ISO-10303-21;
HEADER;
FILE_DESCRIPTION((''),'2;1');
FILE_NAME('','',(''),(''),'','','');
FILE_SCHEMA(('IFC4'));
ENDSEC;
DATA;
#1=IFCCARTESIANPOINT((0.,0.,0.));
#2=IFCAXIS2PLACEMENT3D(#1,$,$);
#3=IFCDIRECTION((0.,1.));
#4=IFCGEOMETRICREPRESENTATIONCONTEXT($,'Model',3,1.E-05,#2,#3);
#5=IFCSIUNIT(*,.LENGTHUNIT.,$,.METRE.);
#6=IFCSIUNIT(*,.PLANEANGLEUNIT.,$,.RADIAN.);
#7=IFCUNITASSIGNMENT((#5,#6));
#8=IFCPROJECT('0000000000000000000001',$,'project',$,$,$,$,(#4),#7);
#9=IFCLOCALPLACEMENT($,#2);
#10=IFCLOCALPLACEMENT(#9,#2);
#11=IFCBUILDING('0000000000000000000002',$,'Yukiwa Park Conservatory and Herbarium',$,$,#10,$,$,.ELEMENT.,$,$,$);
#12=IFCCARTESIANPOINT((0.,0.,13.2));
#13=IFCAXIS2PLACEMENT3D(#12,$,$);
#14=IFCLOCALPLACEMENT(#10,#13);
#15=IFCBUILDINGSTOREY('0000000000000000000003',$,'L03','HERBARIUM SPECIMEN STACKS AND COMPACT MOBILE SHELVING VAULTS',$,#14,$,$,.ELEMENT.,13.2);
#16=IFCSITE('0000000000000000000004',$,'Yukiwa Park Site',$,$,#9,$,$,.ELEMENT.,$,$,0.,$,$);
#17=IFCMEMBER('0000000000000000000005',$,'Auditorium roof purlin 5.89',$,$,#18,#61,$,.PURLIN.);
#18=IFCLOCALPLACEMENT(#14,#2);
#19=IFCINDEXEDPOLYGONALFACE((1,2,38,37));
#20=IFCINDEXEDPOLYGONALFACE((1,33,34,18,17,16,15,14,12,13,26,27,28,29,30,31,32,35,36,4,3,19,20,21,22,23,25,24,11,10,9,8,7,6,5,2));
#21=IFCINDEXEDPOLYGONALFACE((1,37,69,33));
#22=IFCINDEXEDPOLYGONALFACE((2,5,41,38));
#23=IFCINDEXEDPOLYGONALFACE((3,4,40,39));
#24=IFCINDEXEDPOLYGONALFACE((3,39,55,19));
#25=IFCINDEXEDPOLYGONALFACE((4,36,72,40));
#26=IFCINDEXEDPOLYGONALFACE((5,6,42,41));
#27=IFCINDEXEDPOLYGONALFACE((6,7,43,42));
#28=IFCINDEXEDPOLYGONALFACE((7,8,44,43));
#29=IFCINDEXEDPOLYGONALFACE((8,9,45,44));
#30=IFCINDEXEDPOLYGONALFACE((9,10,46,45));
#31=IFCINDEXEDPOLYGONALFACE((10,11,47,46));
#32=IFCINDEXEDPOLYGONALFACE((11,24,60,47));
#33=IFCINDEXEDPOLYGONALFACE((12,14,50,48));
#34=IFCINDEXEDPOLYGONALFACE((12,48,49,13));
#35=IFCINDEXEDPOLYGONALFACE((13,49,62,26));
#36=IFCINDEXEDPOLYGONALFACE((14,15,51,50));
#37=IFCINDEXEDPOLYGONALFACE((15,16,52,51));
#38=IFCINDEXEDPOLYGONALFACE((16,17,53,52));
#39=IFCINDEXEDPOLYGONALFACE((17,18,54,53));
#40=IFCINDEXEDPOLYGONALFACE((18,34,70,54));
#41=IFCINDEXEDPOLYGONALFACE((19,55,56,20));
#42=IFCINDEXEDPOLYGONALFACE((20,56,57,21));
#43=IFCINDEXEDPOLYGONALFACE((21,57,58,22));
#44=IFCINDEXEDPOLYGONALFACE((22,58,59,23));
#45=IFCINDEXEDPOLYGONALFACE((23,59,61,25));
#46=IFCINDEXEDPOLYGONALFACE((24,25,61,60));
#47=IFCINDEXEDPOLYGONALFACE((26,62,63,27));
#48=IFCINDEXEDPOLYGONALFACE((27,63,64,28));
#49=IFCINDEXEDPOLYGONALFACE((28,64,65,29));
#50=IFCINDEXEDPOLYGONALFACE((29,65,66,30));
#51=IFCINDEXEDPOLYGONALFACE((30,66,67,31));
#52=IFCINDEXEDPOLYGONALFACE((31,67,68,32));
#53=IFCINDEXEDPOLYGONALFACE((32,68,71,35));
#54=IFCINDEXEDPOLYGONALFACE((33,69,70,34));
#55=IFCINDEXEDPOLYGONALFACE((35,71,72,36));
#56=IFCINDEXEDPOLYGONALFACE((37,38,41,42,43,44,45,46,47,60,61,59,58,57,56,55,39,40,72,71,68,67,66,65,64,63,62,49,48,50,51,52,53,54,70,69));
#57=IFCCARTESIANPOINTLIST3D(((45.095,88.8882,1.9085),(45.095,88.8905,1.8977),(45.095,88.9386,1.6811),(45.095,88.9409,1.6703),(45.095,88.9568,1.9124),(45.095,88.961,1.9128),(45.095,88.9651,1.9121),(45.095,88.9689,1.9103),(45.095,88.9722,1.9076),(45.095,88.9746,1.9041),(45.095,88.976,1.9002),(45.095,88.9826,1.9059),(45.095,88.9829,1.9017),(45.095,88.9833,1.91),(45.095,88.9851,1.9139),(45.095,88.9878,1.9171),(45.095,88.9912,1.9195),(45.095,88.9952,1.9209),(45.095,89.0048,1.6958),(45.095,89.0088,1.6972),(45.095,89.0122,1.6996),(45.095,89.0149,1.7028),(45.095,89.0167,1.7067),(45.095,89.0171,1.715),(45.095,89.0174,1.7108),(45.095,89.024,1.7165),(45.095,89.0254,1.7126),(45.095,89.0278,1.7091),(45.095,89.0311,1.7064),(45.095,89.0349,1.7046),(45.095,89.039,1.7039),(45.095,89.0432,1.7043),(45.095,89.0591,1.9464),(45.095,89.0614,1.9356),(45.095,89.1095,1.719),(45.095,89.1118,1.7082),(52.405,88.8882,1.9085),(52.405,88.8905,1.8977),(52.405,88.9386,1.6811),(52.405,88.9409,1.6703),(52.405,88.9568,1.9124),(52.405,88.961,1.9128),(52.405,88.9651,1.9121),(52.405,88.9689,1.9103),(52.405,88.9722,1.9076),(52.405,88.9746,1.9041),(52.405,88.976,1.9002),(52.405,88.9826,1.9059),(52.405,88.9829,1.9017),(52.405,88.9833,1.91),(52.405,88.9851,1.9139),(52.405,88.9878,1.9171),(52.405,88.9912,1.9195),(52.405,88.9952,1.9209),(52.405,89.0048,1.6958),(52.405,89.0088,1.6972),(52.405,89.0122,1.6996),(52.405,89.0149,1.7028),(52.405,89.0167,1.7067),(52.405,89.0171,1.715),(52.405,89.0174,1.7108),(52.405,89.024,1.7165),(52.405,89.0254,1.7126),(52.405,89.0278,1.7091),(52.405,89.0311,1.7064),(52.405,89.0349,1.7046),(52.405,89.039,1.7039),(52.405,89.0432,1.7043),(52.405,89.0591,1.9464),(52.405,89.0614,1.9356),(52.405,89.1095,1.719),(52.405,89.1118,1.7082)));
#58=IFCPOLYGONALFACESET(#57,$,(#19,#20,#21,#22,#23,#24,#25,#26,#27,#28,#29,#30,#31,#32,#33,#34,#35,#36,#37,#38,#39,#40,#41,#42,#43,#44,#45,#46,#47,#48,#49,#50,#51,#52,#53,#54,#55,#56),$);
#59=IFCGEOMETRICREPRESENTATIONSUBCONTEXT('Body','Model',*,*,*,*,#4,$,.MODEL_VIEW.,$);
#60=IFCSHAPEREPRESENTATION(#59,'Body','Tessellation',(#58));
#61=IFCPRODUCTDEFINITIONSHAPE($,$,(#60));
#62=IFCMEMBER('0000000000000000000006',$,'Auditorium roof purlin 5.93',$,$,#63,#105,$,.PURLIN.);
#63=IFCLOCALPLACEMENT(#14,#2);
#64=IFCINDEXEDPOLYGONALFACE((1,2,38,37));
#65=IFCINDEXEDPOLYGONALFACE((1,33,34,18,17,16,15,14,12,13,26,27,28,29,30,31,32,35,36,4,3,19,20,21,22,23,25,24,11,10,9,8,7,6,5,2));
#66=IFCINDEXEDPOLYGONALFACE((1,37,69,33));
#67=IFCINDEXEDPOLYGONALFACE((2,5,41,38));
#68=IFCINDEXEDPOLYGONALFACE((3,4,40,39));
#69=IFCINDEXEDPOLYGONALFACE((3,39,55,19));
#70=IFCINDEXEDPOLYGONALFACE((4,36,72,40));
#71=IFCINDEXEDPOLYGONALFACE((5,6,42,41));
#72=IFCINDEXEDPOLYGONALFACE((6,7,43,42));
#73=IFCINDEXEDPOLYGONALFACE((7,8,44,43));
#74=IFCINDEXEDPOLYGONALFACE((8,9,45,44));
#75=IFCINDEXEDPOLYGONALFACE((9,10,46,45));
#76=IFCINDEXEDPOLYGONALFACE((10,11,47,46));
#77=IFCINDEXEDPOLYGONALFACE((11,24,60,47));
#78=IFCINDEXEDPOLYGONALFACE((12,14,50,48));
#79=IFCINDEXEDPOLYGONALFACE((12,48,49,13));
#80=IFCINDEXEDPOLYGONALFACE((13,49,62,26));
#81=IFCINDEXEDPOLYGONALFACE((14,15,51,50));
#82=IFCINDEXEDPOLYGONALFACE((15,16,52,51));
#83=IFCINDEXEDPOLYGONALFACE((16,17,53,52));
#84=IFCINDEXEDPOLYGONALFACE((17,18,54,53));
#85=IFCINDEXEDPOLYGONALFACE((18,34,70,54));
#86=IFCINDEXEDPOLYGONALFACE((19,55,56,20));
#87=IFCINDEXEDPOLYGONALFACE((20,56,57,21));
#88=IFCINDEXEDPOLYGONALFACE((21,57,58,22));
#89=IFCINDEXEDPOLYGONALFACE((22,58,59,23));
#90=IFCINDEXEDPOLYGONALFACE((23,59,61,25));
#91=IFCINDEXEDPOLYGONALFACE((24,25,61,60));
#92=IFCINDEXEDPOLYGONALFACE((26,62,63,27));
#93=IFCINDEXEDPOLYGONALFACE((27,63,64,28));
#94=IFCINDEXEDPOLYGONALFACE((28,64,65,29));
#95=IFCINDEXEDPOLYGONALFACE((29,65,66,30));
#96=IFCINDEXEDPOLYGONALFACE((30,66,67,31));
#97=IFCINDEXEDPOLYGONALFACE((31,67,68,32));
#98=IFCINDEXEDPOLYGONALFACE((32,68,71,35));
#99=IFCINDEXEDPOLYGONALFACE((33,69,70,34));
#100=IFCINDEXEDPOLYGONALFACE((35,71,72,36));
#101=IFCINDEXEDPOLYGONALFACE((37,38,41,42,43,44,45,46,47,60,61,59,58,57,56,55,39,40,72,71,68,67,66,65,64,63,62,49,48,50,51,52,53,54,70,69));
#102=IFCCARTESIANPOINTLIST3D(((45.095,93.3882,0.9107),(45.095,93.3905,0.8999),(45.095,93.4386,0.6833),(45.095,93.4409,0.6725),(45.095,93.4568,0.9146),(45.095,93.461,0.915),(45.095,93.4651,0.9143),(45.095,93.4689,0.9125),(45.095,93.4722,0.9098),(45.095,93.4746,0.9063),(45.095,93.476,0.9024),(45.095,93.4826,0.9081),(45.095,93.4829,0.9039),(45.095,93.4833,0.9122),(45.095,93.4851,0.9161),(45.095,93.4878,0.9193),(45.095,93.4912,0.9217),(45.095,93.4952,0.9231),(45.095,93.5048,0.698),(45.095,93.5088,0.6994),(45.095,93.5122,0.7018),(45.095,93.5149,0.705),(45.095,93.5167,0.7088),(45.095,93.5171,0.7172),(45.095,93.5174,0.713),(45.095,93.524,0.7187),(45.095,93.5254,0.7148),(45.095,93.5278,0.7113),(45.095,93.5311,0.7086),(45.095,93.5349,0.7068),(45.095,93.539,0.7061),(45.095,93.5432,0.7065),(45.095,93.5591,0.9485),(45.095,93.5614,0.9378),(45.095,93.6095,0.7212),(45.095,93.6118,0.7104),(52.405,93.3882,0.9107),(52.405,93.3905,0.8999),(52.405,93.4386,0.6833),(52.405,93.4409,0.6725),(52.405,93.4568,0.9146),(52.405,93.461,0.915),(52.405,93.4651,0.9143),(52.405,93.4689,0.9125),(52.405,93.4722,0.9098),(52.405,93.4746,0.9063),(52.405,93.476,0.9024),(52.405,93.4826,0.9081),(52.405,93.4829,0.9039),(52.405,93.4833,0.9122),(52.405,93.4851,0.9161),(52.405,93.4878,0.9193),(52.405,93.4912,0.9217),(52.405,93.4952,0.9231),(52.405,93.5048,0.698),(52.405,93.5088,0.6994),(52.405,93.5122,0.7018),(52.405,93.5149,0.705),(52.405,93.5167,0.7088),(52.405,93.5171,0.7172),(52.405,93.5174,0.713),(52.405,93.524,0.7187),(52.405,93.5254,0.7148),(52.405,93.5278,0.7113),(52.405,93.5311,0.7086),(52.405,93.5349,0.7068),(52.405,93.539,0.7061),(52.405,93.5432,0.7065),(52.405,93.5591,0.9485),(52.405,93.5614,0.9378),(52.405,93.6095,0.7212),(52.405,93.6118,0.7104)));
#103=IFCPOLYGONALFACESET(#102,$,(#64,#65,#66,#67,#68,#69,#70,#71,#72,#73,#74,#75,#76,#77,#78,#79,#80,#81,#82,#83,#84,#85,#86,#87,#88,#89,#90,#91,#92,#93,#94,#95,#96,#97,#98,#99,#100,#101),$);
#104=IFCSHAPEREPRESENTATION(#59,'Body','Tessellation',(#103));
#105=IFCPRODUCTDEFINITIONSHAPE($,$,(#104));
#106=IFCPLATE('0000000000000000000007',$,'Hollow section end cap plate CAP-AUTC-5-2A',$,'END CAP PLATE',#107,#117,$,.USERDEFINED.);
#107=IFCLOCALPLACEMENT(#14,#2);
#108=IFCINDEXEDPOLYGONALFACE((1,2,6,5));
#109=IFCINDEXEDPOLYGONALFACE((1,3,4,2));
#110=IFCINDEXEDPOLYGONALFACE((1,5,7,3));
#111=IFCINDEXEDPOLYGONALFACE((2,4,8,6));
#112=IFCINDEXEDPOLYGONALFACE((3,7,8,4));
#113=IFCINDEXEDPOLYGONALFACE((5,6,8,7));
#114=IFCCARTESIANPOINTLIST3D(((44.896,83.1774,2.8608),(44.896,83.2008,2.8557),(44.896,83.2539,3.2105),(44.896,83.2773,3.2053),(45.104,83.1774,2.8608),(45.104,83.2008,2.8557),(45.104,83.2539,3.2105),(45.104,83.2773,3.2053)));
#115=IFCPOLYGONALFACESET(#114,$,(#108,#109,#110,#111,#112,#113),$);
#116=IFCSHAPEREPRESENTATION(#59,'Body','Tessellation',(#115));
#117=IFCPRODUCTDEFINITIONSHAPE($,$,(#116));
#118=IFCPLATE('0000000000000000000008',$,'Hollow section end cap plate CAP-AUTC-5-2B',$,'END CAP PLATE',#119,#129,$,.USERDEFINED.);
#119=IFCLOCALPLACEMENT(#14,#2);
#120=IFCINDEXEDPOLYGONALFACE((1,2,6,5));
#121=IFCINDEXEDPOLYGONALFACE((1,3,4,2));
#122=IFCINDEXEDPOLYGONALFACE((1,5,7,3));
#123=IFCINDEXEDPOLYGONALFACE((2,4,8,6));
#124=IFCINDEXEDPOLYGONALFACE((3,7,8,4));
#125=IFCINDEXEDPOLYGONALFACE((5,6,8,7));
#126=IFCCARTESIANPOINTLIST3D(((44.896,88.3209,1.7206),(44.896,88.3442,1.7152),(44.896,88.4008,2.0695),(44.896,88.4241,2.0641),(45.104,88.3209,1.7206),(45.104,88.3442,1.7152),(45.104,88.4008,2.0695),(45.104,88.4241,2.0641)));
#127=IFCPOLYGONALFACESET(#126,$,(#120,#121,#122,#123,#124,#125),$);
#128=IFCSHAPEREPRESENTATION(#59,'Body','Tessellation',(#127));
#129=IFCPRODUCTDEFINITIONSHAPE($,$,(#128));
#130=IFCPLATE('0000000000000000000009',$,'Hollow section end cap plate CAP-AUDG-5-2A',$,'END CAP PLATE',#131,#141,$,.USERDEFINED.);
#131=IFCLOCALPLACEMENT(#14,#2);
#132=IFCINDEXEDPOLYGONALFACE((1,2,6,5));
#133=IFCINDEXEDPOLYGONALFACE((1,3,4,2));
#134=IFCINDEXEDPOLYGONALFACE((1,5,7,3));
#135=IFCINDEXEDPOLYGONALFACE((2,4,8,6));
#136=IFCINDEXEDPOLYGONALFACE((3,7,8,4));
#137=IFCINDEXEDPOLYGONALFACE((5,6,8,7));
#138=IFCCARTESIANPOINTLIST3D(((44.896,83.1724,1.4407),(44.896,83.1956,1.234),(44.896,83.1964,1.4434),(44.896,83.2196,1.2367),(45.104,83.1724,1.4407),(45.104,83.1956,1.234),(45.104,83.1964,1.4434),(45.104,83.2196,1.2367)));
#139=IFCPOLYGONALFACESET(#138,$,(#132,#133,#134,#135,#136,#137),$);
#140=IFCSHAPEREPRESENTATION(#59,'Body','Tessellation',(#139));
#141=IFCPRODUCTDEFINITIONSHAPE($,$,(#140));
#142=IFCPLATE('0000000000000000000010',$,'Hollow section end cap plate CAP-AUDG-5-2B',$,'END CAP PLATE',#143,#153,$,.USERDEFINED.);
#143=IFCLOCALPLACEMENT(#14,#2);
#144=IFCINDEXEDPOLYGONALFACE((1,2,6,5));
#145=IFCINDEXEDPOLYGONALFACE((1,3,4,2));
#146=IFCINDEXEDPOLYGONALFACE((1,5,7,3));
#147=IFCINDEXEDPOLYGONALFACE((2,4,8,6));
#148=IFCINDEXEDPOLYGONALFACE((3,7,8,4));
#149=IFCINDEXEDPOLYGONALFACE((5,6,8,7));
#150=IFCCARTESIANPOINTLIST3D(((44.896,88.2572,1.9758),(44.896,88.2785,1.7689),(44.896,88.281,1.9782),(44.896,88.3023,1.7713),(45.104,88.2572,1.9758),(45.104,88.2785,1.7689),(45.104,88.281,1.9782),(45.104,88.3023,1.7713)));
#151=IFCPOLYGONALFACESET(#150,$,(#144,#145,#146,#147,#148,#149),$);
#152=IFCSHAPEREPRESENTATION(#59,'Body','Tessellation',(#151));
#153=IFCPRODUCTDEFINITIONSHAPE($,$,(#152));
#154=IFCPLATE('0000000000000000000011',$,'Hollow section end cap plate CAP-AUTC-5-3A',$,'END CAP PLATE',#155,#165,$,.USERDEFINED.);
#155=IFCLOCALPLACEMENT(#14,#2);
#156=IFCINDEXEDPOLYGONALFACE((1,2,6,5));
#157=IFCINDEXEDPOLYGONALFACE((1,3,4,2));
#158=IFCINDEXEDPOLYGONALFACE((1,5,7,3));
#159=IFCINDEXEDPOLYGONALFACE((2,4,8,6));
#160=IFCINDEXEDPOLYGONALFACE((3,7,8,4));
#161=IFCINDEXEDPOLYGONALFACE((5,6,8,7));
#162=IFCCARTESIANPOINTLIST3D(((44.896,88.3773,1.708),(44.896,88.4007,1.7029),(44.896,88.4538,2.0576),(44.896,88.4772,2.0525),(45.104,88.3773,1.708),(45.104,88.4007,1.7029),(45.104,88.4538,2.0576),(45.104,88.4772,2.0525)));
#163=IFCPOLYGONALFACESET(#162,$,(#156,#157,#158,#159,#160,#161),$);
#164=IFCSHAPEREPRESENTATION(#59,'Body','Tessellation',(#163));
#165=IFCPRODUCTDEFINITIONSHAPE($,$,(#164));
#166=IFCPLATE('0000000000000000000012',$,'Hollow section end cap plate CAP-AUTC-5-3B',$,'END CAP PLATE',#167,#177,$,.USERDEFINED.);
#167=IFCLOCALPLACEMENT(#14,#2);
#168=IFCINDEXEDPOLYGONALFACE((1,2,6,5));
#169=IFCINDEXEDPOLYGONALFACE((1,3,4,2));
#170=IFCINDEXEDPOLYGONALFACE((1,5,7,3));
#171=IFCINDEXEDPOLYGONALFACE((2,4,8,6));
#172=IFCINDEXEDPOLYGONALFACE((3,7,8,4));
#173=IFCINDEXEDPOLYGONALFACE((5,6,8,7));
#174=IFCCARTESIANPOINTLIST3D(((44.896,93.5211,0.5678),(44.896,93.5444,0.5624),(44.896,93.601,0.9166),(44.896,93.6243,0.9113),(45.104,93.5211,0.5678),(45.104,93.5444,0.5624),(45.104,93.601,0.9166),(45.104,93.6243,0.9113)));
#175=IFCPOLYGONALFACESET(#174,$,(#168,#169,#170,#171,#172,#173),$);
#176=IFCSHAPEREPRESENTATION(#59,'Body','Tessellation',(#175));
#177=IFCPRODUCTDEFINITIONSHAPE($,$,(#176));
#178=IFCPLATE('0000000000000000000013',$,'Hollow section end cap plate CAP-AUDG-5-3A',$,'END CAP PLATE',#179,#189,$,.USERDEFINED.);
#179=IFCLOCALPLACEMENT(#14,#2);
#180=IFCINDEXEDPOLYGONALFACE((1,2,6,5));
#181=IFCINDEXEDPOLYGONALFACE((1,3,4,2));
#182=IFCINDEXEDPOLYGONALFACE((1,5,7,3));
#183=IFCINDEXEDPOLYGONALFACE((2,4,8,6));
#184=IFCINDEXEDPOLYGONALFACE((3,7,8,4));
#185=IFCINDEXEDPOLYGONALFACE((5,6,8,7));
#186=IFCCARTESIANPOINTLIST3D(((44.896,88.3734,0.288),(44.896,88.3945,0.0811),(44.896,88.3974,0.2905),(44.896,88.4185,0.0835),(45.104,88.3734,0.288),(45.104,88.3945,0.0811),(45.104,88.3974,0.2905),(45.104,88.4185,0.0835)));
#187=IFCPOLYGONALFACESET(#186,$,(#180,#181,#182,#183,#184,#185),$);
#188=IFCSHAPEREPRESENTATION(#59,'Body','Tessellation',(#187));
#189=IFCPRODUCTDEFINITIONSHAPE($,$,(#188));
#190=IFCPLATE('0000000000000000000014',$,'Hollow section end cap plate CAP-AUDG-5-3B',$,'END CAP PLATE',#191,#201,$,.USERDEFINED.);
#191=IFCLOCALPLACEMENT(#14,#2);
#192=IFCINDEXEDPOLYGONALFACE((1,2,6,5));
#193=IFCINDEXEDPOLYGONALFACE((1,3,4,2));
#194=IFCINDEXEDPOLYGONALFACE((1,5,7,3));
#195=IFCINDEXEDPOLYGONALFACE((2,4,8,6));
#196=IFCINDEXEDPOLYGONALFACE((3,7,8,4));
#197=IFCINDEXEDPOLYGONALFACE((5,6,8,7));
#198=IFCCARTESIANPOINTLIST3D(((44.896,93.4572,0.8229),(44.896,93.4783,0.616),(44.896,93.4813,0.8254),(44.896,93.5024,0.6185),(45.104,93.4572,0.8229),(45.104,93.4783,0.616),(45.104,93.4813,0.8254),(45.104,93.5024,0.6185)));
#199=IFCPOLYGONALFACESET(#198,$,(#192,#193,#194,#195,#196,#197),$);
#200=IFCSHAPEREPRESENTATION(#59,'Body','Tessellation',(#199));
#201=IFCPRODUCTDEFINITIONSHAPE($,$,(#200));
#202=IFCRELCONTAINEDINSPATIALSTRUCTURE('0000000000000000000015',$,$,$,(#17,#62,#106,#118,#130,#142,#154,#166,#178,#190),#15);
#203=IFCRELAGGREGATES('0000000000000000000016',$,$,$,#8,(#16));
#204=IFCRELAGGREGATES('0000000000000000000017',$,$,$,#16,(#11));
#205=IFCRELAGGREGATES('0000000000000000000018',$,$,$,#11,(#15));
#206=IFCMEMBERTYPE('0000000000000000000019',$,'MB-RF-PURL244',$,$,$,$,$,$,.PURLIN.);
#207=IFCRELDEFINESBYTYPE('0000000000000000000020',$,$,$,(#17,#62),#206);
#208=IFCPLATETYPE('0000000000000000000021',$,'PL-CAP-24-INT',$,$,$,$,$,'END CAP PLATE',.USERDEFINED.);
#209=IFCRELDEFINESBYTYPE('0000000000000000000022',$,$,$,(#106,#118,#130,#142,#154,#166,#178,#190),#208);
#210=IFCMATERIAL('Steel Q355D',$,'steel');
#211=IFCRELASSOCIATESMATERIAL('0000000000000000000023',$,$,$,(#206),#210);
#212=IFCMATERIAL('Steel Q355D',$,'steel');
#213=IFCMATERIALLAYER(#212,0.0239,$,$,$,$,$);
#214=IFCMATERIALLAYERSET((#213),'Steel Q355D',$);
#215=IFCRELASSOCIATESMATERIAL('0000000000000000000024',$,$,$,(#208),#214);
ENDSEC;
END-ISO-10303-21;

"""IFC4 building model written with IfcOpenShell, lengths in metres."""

from ifc_helpers import new_model, si_unit, direction, frame, origin, origin_2d, place, context, subcontext, project, spatial, rectangle, i_section, extrude, material, layer, layer_set, material_profile, profile_set, type_object, element, save


model = new_model("IFC4")

# Units and contexts
model_context = context("Model", 3, precision=1e-05, world=origin(), true_north=direction((0.0, 1.0)))
body_context = subcontext(model_context, "Body", "Model", "MODEL_VIEW")
ifc_project = project(units=[si_unit("LENGTHUNIT", "METRE"), si_unit("PLANEANGLEUNIT", "RADIAN")], contexts=[model_context])

# Site, building, storey
site_placement = place(None, origin())
site = spatial("IfcSite", under=ifc_project, at=site_placement, Name="Yukiwa Park Site", CompositionType="ELEMENT", RefElevation=0.0)
building_placement = place(site_placement, origin())
building = spatial("IfcBuilding", under=site, at=building_placement, Name="Yukiwa Park Conservatory and Herbarium", CompositionType="ELEMENT")
storey_placement = place(building_placement, frame((0.0, 0.0, 13.2)))
storey = spatial("IfcBuildingStorey", under=building, at=storey_placement, Name="L03", Description="HERBARIUM SPECIMEN STACKS AND COMPACT MOBILE SHELVING VAULTS", CompositionType="ELEMENT", Elevation=13.2)

# Members
ifc_material_1 = material(Name="Steel Q355D", Category="steel")
ifc_material_profile_1 = material_profile(ifc_material_1, i_section(OverallWidth=0.175, OverallDepth=0.2439, WebThickness=0.0071, FlangeThickness=0.011, FilletRadius=0.0161, at=origin_2d()), Name="HM 244x175x7x11")
ifc_profile_set_1 = profile_set([ifc_material_profile_1], Name="Steel Q355D")
member_type_1 = type_object("IfcMemberType", Name="MB-RF-PURL244", PredefinedType="PURLIN", material=ifc_profile_set_1)
for number, where, z_axis, x_axis, name in (
    (1, (45.095, 89.0, 1.8083), (1.0, 0.0, 0.0), (0.0, 0.976296, 0.21644), "Auditorium roof purlin 5.89"),
    (2, (45.095, 93.5, 0.8105), (1.0, 0.0, 0.0), (0.0, 0.976296, 0.21644), "Auditorium roof purlin 5.93"),
):
    element("IfcMember", number, at=place(storey_placement, frame(where, z_axis=z_axis, x_axis=x_axis)), inside=storey, type_object=member_type_1, Name=name, PredefinedType="PURLIN", context=body_context, shape_type="SweptSolid", body=[
        extrude(i_section(OverallWidth=0.175, OverallDepth=0.2439, WebThickness=0.0071, FlangeThickness=0.011, FilletRadius=0.0161, at=origin_2d()), origin(), (0.0, 0.0, 1.0), 7.3101),
    ])

# Plates
ifc_material_2 = material(Name="Steel Q355D", Category="steel")
ifc_layer = layer(ifc_material_2, 0.0239)
ifc_layer_set = layer_set([ifc_layer], Name="Steel Q355D")
plate_type = type_object("IfcPlateType", Name="PL-CAP-24-INT", ElementType="END CAP PLATE", PredefinedType="USERDEFINED", material=ifc_layer_set)
for number, where, z_axis, x_axis, name in (
    (3, (45.0, 83.239, 3.0305), (0.0, -0.9769, 0.213697), (1.0, 0.0, 0.0), "Hollow section end cap plate CAP-AUTC-5-2A"),
    (4, (45.0, 88.3608, 1.895), (0.0, 0.974732, -0.223376), (-1.0, 0.0, 0.0), "Hollow section end cap plate CAP-AUTC-5-2B"),
):
    element("IfcPlate", number, at=place(storey_placement, frame(where, z_axis=z_axis, x_axis=x_axis)), inside=storey, type_object=plate_type, Name=name, ObjectType="END CAP PLATE", PredefinedType="USERDEFINED", context=body_context, shape_type="SweptSolid", body=[
        extrude(rectangle(XDim=0.208, YDim=0.3579, at=origin_2d()), origin(), (0.0, 0.0, 1.0), 0.0239),
    ])
plate_1_placement = place(storey_placement, frame((45.0, 83.208, 1.3401), z_axis=(0.0, -0.993759, -0.111544), x_axis=(1.0, 0.0, 0.0)))
element("IfcPlate", 5, at=plate_1_placement, inside=storey, type_object=plate_type, Name="Hollow section end cap plate CAP-AUDG-5-2A", ObjectType="END CAP PLATE", PredefinedType="USERDEFINED", context=body_context, shape_type="SweptSolid", body=[
    extrude(rectangle(XDim=0.208, YDim=0.208, at=origin_2d()), origin(), (0.0, 0.0, 1.0), 0.0242),
])
plate_2_placement = place(storey_placement, frame((45.0, 88.2678, 1.8723), z_axis=(0.0, 0.994728, 0.102549), x_axis=(-1.0, 0.0, 0.0)))
element("IfcPlate", 6, at=plate_2_placement, inside=storey, type_object=plate_type, Name="Hollow section end cap plate CAP-AUDG-5-2B", ObjectType="END CAP PLATE", PredefinedType="USERDEFINED", context=body_context, shape_type="SweptSolid", body=[
    extrude(rectangle(XDim=0.208, YDim=0.208, at=origin_2d()), origin(), (0.0, 0.0, 1.0), 0.0239),
])
for number, where, z_axis, x_axis, name in (
    (7, (45.0, 88.439, 1.8777), (0.0, -0.9769, 0.213697), (1.0, 0.0, 0.0), "Hollow section end cap plate CAP-AUTC-5-3A"),
    (8, (45.0, 93.561, 0.7422), (0.0, 0.974732, -0.223376), (-1.0, 0.0, 0.0), "Hollow section end cap plate CAP-AUTC-5-3B"),
):
    element("IfcPlate", number, at=place(storey_placement, frame(where, z_axis=z_axis, x_axis=x_axis)), inside=storey, type_object=plate_type, Name=name, ObjectType="END CAP PLATE", PredefinedType="USERDEFINED", context=body_context, shape_type="SweptSolid", body=[
        extrude(rectangle(XDim=0.208, YDim=0.3579, at=origin_2d()), origin(), (0.0, 0.0, 1.0), 0.0239),
    ])
for number, where, z_axis, x_axis, name in (
    (9, (45.0, 88.408, 0.187), (0.0, -0.994834, -0.101514), (1.0, 0.0, 0.0), "Hollow section end cap plate CAP-AUDG-5-3A"),
    (10, (45.0, 93.4678, 0.7195), (0.0, 0.994834, 0.101514), (-1.0, 0.0, 0.0), "Hollow section end cap plate CAP-AUDG-5-3B"),
):
    element("IfcPlate", number, at=place(storey_placement, frame(where, z_axis=z_axis, x_axis=x_axis)), inside=storey, type_object=plate_type, Name=name, ObjectType="END CAP PLATE", PredefinedType="USERDEFINED", context=body_context, shape_type="SweptSolid", body=[
        extrude(rectangle(XDim=0.208, YDim=0.208, at=origin_2d()), origin(), (0.0, 0.0, 1.0), 0.0242),
    ])

save(model, "model.ifc")
